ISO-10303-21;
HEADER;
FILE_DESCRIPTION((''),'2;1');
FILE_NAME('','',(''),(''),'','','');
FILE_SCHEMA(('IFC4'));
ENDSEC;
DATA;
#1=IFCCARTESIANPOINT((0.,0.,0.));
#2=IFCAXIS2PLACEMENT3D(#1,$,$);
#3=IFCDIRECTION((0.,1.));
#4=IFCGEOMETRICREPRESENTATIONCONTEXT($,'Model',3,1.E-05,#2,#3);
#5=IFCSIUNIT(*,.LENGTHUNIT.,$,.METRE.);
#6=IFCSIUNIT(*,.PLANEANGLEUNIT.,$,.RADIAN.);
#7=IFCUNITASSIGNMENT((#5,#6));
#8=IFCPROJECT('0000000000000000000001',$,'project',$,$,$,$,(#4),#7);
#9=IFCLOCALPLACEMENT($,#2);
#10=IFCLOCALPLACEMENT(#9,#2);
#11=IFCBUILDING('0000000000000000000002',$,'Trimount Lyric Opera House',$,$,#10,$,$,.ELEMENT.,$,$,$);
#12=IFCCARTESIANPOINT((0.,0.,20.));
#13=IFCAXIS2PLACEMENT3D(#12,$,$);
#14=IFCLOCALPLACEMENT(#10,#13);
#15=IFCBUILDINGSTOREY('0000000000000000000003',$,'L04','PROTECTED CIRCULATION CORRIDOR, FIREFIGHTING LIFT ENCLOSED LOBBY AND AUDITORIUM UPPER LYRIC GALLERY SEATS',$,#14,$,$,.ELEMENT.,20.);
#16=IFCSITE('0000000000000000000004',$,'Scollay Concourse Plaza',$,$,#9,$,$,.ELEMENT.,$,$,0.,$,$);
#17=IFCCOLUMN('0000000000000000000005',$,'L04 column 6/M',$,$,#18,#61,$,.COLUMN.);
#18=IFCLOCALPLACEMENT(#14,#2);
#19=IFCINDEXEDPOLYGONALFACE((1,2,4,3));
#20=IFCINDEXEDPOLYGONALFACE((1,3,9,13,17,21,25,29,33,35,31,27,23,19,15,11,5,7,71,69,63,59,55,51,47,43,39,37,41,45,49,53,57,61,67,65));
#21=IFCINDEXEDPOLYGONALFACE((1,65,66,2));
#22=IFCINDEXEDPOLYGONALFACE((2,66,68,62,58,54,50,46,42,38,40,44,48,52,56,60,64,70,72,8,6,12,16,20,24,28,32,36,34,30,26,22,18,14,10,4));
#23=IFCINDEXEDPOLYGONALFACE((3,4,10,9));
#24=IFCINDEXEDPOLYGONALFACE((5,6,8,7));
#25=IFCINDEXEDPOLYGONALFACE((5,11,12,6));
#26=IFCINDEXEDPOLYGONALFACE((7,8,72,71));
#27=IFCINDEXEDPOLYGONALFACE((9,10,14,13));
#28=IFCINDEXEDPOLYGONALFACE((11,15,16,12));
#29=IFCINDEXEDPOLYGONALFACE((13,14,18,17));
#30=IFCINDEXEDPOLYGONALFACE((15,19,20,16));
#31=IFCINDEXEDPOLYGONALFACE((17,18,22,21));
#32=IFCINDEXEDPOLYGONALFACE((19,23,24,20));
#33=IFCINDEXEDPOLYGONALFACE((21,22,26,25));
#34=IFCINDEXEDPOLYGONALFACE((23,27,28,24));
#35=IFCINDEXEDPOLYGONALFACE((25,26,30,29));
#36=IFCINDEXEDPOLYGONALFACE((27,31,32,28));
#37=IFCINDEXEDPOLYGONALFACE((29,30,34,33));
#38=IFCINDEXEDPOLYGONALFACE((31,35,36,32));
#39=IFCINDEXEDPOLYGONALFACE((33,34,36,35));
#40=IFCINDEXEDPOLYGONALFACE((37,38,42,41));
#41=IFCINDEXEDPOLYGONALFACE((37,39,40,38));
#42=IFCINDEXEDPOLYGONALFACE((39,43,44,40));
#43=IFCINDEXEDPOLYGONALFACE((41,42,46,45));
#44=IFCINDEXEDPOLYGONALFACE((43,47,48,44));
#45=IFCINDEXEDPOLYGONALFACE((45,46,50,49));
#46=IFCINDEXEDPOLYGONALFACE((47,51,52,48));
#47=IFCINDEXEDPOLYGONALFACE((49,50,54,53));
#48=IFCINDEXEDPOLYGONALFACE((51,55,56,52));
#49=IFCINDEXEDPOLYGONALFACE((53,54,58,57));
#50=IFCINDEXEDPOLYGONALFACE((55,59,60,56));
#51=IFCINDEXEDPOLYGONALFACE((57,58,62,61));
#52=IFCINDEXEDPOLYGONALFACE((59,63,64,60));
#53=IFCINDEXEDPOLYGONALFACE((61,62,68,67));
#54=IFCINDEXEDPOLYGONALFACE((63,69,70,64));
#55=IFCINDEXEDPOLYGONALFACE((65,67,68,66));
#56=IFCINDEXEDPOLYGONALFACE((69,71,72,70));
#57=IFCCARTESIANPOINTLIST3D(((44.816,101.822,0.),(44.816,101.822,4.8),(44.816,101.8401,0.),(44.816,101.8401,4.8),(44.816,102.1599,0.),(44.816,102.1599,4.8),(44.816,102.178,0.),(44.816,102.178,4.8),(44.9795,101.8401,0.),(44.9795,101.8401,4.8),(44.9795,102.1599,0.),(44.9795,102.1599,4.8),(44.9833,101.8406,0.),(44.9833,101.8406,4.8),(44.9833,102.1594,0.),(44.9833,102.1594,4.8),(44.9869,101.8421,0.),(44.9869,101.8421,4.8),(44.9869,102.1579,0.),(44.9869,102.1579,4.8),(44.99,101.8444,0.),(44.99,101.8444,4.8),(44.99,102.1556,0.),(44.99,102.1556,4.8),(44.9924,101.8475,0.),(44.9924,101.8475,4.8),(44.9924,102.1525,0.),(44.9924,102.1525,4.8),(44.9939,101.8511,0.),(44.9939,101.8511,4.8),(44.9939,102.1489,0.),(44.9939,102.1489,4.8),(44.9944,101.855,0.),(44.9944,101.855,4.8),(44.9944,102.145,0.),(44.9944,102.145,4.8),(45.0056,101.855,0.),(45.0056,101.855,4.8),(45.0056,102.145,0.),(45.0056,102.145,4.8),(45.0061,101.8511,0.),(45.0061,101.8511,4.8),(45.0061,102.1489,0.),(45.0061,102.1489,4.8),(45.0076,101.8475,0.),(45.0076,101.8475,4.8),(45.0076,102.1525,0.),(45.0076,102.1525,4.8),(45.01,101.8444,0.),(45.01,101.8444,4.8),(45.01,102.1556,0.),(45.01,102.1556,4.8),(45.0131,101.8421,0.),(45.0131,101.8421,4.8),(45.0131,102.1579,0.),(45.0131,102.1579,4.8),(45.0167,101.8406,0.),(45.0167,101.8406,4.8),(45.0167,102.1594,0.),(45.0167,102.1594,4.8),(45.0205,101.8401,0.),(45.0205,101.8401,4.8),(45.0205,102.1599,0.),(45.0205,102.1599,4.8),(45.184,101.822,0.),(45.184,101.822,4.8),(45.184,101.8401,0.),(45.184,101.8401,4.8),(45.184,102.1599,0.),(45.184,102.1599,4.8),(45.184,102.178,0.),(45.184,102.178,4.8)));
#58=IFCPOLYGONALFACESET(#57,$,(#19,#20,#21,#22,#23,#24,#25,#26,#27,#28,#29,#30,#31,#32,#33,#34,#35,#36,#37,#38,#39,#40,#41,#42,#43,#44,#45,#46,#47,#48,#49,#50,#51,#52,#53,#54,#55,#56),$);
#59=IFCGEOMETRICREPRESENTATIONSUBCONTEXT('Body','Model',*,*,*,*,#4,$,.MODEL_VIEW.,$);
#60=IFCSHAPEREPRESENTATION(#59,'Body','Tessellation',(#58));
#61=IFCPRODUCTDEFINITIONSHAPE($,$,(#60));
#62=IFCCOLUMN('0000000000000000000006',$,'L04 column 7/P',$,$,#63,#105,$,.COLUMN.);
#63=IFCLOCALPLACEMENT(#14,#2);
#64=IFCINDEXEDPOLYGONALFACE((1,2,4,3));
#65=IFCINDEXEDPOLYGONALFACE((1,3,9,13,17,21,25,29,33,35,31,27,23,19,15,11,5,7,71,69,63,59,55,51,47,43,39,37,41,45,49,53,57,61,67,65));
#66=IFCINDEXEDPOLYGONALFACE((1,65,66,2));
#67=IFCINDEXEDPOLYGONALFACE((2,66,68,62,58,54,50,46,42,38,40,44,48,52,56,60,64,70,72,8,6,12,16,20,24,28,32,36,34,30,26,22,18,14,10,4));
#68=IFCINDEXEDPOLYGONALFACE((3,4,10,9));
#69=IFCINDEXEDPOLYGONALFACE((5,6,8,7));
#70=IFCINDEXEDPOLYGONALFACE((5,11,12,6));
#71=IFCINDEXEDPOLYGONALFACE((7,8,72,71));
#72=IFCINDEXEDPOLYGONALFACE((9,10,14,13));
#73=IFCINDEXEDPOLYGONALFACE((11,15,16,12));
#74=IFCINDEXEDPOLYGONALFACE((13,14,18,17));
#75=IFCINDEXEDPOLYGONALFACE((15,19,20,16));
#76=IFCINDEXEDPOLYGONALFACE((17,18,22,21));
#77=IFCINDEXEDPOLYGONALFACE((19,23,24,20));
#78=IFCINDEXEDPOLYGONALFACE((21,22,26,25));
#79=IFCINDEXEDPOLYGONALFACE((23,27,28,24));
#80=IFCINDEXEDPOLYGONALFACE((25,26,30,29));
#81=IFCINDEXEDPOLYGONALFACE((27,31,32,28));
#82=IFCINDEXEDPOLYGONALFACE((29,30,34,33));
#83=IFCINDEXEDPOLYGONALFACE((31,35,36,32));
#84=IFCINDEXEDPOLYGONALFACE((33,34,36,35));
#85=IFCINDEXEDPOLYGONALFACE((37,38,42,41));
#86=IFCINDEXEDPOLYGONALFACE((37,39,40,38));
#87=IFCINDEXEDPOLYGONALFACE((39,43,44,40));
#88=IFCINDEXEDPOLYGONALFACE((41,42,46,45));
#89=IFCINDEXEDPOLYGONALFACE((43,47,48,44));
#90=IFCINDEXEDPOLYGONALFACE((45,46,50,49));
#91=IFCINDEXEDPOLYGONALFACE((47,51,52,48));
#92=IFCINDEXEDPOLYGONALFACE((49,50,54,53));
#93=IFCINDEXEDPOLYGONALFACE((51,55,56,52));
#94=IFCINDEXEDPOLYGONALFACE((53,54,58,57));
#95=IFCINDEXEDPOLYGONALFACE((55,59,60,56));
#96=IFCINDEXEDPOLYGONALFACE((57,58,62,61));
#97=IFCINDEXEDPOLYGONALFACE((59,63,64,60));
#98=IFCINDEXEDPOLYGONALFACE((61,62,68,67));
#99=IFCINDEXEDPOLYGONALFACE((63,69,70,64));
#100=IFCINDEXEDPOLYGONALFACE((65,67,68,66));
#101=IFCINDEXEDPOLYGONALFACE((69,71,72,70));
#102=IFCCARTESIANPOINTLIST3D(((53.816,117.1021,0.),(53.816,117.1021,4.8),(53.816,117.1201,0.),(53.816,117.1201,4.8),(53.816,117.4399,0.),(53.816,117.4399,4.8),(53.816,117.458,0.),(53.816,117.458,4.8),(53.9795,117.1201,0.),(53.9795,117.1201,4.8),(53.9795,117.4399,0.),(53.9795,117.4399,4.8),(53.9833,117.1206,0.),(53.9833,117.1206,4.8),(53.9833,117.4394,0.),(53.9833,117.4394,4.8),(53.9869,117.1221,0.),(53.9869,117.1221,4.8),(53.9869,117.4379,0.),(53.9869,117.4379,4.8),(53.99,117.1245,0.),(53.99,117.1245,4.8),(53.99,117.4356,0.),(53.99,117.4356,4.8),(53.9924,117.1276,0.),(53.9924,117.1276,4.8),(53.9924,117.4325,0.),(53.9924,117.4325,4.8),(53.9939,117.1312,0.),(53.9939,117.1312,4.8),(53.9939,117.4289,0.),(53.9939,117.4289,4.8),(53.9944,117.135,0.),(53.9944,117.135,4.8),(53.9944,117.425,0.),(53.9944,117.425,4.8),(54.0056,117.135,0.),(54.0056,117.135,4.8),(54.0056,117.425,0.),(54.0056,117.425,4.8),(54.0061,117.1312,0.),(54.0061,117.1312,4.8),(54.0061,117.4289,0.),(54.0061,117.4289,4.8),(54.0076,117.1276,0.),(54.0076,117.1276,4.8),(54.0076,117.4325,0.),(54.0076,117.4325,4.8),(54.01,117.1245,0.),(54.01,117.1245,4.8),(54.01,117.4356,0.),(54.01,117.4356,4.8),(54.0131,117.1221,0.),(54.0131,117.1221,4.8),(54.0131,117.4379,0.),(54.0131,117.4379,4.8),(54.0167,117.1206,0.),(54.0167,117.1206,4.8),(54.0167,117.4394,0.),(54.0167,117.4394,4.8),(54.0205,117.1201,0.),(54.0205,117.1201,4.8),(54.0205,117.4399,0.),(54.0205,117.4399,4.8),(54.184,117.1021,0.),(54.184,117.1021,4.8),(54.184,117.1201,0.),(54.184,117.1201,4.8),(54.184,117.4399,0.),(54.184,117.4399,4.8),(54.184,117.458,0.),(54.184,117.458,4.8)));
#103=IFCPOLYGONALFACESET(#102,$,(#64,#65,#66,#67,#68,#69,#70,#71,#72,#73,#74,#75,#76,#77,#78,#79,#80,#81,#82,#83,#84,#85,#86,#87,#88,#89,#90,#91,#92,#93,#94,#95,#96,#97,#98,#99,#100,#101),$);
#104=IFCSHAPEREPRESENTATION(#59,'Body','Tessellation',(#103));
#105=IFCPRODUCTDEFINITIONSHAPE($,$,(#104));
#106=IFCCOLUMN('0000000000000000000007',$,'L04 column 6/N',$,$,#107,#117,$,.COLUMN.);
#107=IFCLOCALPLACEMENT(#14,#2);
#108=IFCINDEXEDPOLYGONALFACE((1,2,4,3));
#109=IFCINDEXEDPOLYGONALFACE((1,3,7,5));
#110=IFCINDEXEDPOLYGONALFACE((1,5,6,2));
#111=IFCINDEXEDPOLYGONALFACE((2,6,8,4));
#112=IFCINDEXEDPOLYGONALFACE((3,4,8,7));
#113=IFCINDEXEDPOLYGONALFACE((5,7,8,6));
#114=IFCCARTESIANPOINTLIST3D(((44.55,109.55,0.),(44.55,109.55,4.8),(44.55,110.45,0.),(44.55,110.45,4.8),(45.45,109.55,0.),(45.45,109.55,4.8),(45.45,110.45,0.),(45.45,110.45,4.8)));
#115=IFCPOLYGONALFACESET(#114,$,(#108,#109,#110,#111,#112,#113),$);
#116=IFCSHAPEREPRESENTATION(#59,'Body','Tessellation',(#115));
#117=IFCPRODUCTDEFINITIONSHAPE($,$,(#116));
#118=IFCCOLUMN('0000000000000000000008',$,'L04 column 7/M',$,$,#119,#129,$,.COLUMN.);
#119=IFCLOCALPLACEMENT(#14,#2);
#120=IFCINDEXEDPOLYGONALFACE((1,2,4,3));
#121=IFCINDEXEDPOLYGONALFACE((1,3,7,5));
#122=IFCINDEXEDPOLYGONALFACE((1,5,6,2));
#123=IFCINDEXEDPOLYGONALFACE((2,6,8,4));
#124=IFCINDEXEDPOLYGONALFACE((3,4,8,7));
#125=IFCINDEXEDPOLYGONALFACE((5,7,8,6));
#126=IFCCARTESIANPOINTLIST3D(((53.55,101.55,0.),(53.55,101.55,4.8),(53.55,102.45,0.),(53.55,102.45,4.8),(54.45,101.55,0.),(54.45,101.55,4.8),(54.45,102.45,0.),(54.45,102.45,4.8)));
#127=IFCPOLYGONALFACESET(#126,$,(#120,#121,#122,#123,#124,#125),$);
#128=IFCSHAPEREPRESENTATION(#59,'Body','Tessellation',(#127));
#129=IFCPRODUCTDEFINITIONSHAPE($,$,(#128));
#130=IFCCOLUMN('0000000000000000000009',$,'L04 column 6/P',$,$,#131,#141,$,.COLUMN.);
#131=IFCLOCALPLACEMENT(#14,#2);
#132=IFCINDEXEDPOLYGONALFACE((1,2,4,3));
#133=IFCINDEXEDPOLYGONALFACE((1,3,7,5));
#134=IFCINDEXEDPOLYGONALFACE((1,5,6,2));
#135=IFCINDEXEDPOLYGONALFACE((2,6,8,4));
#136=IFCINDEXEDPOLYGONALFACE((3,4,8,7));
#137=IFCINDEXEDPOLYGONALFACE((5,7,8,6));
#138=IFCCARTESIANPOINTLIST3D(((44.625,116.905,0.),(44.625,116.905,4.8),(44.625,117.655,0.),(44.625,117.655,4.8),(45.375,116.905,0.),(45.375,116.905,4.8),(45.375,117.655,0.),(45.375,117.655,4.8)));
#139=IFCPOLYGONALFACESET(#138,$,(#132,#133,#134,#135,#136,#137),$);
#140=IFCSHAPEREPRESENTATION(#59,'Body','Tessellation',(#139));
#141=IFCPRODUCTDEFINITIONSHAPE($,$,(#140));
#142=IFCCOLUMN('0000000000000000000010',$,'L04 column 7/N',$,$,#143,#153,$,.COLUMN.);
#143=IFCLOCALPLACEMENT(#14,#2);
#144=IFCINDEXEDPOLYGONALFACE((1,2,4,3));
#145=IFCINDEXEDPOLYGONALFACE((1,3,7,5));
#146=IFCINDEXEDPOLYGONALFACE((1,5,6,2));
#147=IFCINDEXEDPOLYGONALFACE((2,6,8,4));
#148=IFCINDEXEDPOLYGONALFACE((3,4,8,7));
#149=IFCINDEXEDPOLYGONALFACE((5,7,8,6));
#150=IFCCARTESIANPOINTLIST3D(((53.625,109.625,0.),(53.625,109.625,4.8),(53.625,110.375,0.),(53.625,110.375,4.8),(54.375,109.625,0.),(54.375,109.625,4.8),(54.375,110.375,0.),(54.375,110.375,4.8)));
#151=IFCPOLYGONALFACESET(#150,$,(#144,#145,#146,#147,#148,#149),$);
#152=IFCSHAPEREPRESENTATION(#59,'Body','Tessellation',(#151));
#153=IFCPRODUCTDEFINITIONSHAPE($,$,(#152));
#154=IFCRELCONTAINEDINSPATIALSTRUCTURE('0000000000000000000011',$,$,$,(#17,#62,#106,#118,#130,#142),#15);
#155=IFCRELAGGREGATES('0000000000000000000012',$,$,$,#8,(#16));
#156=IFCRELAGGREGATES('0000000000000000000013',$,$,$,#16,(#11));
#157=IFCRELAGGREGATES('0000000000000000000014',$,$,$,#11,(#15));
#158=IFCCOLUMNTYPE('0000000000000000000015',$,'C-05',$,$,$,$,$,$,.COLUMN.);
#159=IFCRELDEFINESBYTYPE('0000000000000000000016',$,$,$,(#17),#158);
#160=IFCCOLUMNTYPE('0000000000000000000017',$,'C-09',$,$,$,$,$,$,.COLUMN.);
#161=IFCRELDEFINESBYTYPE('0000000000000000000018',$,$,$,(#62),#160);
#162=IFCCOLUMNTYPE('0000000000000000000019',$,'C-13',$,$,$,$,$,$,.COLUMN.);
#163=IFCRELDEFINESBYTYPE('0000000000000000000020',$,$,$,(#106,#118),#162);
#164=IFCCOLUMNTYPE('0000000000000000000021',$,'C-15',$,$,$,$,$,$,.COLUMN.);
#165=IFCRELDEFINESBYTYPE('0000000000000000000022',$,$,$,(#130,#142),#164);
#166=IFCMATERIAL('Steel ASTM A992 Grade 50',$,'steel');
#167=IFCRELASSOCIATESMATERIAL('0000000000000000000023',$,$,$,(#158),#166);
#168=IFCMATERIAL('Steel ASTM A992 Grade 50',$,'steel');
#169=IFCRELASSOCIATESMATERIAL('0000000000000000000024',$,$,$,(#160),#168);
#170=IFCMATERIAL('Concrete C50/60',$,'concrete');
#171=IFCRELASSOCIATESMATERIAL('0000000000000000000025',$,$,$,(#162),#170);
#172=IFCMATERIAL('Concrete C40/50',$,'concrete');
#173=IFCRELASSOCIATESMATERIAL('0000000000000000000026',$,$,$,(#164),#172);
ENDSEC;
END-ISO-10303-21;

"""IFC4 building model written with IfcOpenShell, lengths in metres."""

from ifc_helpers import new_model, si_unit, direction, frame, origin, origin_2d, place, context, subcontext, project, spatial, rectangle, i_section, extrude, material, material_profile, profile_set, type_object, element, save


model = new_model("IFC4")

# Units and contexts
model_context = context("Model", 3, precision=1e-05, world=origin(), true_north=direction((0.0, 1.0)))
body_context = subcontext(model_context, "Body", "Model", "MODEL_VIEW")
ifc_project = project(units=[si_unit("LENGTHUNIT", "METRE"), si_unit("PLANEANGLEUNIT", "RADIAN")], contexts=[model_context])

# Site, building, storey
site_placement = place(None, origin())
site = spatial("IfcSite", under=ifc_project, at=site_placement, Name="Scollay Concourse Plaza", CompositionType="ELEMENT", RefElevation=0.0)
building_placement = place(site_placement, origin())
building = spatial("IfcBuilding", under=site, at=building_placement, Name="Trimount Lyric Opera House", CompositionType="ELEMENT")
storey_placement = place(building_placement, frame((0.0, 0.0, 20.0)))
storey = spatial("IfcBuildingStorey", under=building, at=storey_placement, Name="L04", Description="PROTECTED CIRCULATION CORRIDOR, FIREFIGHTING LIFT ENCLOSED LOBBY AND AUDITORIUM UPPER LYRIC GALLERY SEATS", CompositionType="ELEMENT", Elevation=20.0)

# Columns
ifc_material_1 = material(Name="Steel ASTM A992 Grade 50", Category="steel")
ifc_material_profile_1 = material_profile(ifc_material_1, i_section(OverallWidth=0.3679, OverallDepth=0.356, WebThickness=0.0112, FlangeThickness=0.0181, FilletRadius=0.0149, at=origin_2d()), Name="W14X90")
ifc_profile_set_1 = profile_set([ifc_material_profile_1], Name="Steel ASTM A992 Grade 50")
column_type_1 = type_object("IfcColumnType", Name="C-05", PredefinedType="COLUMN", material=ifc_profile_set_1)
column_1_placement = place(storey_placement, frame((45.0, 102.0, 0.0), z_axis=(0.0, 0.0, 1.0), x_axis=(1.0, 0.0, 0.0)))
element("IfcColumn", 1, at=column_1_placement, inside=storey, type_object=column_type_1, Name="L04 column 6/M", PredefinedType="COLUMN", context=body_context, shape_type="SweptSolid", body=[
    extrude(i_section(OverallWidth=0.3679, OverallDepth=0.356, WebThickness=0.0112, FlangeThickness=0.0181, FilletRadius=0.0149, at=origin_2d()), origin(), (0.0, 0.0, 1.0), 4.8),
])
ifc_material_2 = material(Name="Steel ASTM A992 Grade 50", Category="steel")
ifc_material_profile_2 = material_profile(ifc_material_2, i_section(OverallWidth=0.3679, OverallDepth=0.356, WebThickness=0.0112, FlangeThickness=0.0181, FilletRadius=0.0149, at=origin_2d()), Name="W14X90")
ifc_profile_set_2 = profile_set([ifc_material_profile_2], Name="Steel ASTM A992 Grade 50")
column_type_2 = type_object("IfcColumnType", Name="C-09", PredefinedType="COLUMN", material=ifc_profile_set_2)
column_2_placement = place(storey_placement, frame((54.0, 117.28, 0.0), z_axis=(0.0, 0.0, 1.0), x_axis=(1.0, 0.0, 0.0)))
element("IfcColumn", 2, at=column_2_placement, inside=storey, type_object=column_type_2, Name="L04 column 7/P", PredefinedType="COLUMN", context=body_context, shape_type="SweptSolid", body=[
    extrude(i_section(OverallWidth=0.3679, OverallDepth=0.356, WebThickness=0.0112, FlangeThickness=0.0181, FilletRadius=0.0149, at=origin_2d()), origin(), (0.0, 0.0, 1.0), 4.8),
])
ifc_material_3 = material(Name="Concrete C50/60", Category="concrete")
ifc_material_profile_3 = material_profile(ifc_material_3, rectangle(XDim=0.8999, YDim=0.8999, at=origin_2d()), Name="RC900X900")
ifc_profile_set_3 = profile_set([ifc_material_profile_3], Name="Concrete C50/60")
column_type_3 = type_object("IfcColumnType", Name="C-13", PredefinedType="COLUMN", material=ifc_profile_set_3)
for number, where, z_axis, x_axis, name in (
    (3, (45.0, 110.0, 0.0), (0.0, 0.0, 1.0), (1.0, 0.0, 0.0), "L04 column 6/N"),
    (4, (54.0, 102.0, 0.0), (0.0, 0.0, 1.0), (1.0, 0.0, 0.0), "L04 column 7/M"),
):
    element("IfcColumn", number, at=place(storey_placement, frame(where, z_axis=z_axis, x_axis=x_axis)), inside=storey, type_object=column_type_3, Name=name, PredefinedType="COLUMN", context=body_context, shape_type="SweptSolid", body=[
        extrude(rectangle(XDim=0.8999, YDim=0.8999, at=origin_2d()), origin(), (0.0, 0.0, 1.0), 4.8),
    ])
ifc_material_4 = material(Name="Concrete C40/50", Category="concrete")
ifc_material_profile_4 = material_profile(ifc_material_4, rectangle(XDim=0.75, YDim=0.75, at=origin_2d()), Name="RC750X750")
ifc_profile_set_4 = profile_set([ifc_material_profile_4], Name="Concrete C40/50")
column_type_4 = type_object("IfcColumnType", Name="C-15", PredefinedType="COLUMN", material=ifc_profile_set_4)
for number, where, z_axis, x_axis, name in (
    (5, (45.0, 117.28, 0.0), (0.0, 0.0, 1.0), (1.0, 0.0, 0.0), "L04 column 6/P"),
    (6, (54.0, 110.0, 0.0), (0.0, 0.0, 1.0), (1.0, 0.0, 0.0), "L04 column 7/N"),
):
    element("IfcColumn", number, at=place(storey_placement, frame(where, z_axis=z_axis, x_axis=x_axis)), inside=storey, type_object=column_type_4, Name=name, PredefinedType="COLUMN", context=body_context, shape_type="SweptSolid", body=[
        extrude(rectangle(XDim=0.75, YDim=0.75, at=origin_2d()), origin(), (0.0, 0.0, 1.0), 4.8),
    ])

save(model, "model.ifc")
